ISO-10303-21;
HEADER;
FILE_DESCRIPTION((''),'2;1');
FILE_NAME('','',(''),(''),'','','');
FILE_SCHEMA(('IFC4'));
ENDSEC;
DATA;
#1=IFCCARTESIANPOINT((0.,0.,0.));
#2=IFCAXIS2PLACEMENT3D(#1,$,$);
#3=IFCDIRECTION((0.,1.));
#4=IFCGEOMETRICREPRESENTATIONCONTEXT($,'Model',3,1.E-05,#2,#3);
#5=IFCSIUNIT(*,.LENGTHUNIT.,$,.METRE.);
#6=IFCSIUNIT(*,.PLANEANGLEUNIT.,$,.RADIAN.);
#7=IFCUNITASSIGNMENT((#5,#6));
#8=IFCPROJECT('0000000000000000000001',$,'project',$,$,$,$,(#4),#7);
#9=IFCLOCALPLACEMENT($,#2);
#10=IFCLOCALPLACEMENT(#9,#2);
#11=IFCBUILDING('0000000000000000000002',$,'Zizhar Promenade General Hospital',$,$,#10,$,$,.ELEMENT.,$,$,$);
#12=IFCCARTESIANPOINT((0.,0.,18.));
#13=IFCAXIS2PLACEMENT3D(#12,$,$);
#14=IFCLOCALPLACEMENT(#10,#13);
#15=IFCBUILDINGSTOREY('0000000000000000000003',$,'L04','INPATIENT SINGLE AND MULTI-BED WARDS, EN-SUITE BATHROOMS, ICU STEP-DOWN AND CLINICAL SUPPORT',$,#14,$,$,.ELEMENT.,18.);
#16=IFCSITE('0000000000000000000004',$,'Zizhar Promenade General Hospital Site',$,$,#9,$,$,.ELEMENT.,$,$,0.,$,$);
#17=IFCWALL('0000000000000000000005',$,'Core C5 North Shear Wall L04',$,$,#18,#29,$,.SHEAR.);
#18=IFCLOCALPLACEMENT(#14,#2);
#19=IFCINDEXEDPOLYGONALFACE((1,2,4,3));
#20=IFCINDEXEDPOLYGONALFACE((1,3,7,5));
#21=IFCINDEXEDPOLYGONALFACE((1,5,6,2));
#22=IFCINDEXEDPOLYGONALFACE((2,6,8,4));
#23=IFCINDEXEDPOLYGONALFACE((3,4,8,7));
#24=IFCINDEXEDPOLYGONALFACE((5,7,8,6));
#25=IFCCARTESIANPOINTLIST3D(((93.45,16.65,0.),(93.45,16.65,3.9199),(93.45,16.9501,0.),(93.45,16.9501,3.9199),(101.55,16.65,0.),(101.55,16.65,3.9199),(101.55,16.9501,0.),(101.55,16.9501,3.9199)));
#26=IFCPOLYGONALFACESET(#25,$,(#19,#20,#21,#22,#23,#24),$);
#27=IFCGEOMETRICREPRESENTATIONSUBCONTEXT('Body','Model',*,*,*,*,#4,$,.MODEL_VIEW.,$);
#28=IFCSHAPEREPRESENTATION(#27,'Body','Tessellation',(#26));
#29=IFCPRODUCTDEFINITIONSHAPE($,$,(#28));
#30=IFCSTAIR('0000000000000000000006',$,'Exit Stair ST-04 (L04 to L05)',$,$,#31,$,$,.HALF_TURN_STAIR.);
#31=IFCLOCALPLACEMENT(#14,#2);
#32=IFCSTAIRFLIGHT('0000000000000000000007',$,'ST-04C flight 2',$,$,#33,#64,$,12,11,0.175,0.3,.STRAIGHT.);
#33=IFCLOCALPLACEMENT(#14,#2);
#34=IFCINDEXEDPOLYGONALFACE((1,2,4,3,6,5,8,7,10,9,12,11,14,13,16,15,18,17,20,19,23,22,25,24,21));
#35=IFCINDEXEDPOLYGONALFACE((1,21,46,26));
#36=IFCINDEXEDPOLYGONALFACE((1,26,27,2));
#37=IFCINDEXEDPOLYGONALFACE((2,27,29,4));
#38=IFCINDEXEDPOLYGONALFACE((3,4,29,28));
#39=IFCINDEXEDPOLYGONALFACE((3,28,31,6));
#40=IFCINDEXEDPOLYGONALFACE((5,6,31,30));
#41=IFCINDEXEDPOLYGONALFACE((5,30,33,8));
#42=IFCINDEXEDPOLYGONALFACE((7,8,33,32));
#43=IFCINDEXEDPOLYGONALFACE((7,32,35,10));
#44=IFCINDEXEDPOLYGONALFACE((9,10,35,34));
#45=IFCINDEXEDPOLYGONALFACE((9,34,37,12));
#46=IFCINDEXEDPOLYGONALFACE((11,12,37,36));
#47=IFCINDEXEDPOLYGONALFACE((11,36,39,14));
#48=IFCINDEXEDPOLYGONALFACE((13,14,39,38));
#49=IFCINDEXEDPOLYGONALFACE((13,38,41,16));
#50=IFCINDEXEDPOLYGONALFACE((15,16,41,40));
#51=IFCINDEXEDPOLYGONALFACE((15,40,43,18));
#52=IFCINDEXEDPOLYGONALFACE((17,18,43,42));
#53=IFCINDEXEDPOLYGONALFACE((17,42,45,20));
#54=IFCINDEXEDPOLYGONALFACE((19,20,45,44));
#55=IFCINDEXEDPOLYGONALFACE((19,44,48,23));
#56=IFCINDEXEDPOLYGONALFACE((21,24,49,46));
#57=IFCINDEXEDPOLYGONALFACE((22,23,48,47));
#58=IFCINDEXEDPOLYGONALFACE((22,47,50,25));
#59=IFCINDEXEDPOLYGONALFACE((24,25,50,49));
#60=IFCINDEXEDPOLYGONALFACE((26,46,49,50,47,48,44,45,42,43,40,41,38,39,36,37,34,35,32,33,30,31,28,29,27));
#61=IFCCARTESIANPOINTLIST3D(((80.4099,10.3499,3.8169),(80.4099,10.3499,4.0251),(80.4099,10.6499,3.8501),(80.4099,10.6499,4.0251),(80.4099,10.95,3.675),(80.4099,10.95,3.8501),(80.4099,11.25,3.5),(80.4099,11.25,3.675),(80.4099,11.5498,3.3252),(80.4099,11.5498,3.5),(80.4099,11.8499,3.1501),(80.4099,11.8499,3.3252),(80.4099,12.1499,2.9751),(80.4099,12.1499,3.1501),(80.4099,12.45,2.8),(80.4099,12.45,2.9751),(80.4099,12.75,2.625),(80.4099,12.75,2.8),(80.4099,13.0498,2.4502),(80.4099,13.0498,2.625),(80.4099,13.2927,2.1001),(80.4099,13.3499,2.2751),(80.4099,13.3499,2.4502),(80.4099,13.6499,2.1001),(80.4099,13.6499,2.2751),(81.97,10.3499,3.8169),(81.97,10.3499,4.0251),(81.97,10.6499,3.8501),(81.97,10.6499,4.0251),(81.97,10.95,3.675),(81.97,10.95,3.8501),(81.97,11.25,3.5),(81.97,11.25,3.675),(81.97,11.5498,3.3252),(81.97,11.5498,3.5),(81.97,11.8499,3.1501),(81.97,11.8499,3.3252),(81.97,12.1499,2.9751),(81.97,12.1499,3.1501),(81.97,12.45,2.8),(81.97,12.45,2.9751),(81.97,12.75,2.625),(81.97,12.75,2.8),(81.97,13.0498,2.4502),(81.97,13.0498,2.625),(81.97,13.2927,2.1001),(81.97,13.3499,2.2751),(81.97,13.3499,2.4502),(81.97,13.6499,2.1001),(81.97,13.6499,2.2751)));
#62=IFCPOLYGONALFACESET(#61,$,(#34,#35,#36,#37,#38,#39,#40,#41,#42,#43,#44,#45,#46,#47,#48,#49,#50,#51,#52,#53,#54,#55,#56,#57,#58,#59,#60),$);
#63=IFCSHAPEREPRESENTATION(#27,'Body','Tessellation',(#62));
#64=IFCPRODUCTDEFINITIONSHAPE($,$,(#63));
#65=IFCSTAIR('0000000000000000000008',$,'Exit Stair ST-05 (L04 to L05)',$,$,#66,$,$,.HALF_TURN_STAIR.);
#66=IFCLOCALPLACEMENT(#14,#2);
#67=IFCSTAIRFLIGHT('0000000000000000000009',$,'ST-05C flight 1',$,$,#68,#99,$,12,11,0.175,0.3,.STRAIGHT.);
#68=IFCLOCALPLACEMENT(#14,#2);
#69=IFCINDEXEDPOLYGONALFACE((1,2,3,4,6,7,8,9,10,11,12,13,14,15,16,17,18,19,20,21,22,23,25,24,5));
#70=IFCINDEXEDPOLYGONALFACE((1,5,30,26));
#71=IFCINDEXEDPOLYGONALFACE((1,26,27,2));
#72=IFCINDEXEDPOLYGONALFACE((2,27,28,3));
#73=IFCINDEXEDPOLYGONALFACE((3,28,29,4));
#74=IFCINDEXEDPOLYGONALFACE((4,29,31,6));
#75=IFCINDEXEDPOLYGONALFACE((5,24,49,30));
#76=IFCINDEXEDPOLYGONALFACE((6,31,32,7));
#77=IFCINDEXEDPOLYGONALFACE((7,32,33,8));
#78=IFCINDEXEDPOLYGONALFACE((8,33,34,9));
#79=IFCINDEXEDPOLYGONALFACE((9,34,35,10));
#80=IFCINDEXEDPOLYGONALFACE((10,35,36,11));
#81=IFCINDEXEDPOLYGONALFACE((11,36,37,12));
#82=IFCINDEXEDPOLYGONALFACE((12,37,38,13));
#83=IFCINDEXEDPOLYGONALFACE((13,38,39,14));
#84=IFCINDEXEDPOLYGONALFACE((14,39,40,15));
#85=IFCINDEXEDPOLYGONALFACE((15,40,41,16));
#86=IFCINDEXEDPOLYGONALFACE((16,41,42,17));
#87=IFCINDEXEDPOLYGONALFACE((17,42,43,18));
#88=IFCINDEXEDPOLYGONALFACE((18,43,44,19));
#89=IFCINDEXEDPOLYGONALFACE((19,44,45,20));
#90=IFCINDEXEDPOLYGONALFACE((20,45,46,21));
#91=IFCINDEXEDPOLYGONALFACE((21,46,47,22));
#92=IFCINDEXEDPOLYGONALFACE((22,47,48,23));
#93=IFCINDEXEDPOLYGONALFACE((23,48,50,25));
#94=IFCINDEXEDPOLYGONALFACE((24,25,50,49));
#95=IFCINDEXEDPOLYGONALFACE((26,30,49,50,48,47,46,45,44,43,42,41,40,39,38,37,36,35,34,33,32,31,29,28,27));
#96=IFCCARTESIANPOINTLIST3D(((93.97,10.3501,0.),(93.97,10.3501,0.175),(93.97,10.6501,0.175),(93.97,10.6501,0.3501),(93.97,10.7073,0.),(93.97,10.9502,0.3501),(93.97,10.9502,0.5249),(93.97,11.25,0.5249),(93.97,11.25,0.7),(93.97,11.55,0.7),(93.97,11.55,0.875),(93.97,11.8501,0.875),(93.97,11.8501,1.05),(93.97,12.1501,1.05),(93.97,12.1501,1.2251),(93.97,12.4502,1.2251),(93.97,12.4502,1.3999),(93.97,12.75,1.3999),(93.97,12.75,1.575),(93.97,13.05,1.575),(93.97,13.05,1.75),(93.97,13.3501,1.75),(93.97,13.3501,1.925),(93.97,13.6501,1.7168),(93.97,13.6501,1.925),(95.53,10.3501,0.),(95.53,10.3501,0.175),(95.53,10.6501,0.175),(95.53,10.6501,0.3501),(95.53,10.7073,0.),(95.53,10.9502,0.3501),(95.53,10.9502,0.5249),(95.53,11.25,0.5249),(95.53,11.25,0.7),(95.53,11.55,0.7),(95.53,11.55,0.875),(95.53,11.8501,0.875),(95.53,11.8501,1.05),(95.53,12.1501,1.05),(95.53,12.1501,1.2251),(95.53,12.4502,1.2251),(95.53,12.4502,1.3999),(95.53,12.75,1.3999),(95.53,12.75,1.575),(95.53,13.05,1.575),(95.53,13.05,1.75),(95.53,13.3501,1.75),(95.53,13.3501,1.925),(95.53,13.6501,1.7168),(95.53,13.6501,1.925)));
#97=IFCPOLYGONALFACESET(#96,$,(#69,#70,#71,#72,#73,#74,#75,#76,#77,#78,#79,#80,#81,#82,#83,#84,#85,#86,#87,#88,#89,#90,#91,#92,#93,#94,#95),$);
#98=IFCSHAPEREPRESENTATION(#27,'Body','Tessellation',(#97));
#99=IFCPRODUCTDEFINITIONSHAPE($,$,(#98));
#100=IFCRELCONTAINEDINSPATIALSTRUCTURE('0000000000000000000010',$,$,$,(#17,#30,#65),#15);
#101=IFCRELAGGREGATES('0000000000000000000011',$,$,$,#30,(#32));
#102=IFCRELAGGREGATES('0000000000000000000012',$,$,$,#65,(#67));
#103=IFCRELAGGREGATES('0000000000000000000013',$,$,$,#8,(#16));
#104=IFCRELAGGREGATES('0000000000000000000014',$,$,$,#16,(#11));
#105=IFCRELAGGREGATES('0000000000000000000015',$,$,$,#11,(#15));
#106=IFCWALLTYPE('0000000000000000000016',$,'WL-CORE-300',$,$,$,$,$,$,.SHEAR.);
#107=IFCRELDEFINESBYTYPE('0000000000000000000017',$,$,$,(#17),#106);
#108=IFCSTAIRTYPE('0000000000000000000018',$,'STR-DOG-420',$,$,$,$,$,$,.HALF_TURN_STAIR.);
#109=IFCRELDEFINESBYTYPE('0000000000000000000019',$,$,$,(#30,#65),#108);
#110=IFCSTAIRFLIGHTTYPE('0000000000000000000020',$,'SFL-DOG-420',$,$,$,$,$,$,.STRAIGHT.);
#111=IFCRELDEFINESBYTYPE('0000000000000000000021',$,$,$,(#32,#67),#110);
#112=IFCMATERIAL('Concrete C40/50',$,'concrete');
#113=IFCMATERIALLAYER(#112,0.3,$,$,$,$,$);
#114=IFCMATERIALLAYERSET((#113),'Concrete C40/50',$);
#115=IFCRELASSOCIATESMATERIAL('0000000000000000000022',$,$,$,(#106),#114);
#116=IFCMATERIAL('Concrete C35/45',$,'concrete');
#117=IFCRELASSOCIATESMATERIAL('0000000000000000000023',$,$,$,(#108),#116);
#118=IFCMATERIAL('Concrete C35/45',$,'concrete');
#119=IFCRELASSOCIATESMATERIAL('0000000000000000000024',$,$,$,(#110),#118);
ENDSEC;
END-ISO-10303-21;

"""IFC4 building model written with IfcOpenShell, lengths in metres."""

from ifc_helpers import new_model, si_unit, direction, frame, frame_2d, origin, place, context, subcontext, project, spatial, polyline, rectangle, outline, extrude, material, layer, layer_set, type_object, element, aggregate, save


model = new_model("IFC4")

# Units and contexts
model_context = context("Model", 3, precision=1e-05, world=origin(), true_north=direction((0.0, 1.0)))
body_context = subcontext(model_context, "Body", "Model", "MODEL_VIEW")
ifc_project = project(units=[si_unit("LENGTHUNIT", "METRE"), si_unit("PLANEANGLEUNIT", "RADIAN")], contexts=[model_context])

# Site, building, storey
site_placement = place(None, origin())
site = spatial("IfcSite", under=ifc_project, at=site_placement, Name="Zizhar Promenade General Hospital Site", CompositionType="ELEMENT", RefElevation=0.0)
building_placement = place(site_placement, origin())
building = spatial("IfcBuilding", under=site, at=building_placement, Name="Zizhar Promenade General Hospital", CompositionType="ELEMENT")
storey_placement = place(building_placement, frame((0.0, 0.0, 18.0)))
storey = spatial("IfcBuildingStorey", under=building, at=storey_placement, Name="L04", Description="INPATIENT SINGLE AND MULTI-BED WARDS, EN-SUITE BATHROOMS, ICU STEP-DOWN AND CLINICAL SUPPORT", CompositionType="ELEMENT", Elevation=18.0)

# Wall
ifc_material_1 = material(Name="Concrete C40/50", Category="concrete")
ifc_layer_1 = layer(ifc_material_1, 0.3)
ifc_layer_set_1 = layer_set([ifc_layer_1], Name="Concrete C40/50")
wall_type_1 = type_object("IfcWallType", Name="WL-CORE-300", PredefinedType="SHEAR", material=ifc_layer_set_1)
wall_1_placement = place(storey_placement, frame((93.45, 16.8, 0.0), z_axis=(0.0, 0.0, 1.0), x_axis=(1.0, 0.0, 0.0)))
element("IfcWall", 1, at=wall_1_placement, inside=storey, type_object=wall_type_1, Name="Core C5 North Shear Wall L04", PredefinedType="SHEAR", context=body_context, shape_type="SweptSolid", body=[
    extrude(rectangle(XDim=8.1001, YDim=0.3, at=frame_2d((4.05, 0.0))), origin(), (0.0, 0.0, 1.0), 3.9199),
])

# Stairs, stair flights
ifc_material_2 = material(Name="Concrete C35/45", Category="concrete")
stair_type = type_object("IfcStairType", Name="STR-DOG-420", PredefinedType="HALF_TURN_STAIR", material=ifc_material_2)
stair_1_placement = place(storey_placement, origin())
stair_1 = element("IfcStair", 2, at=stair_1_placement, inside=storey, type_object=stair_type, Name="Exit Stair ST-04 (L04 to L05)", PredefinedType="HALF_TURN_STAIR")
ifc_material_3 = material(Name="Concrete C35/45", Category="concrete")
stair_flight_type = type_object("IfcStairFlightType", Name="SFL-DOG-420", PredefinedType="STRAIGHT", material=ifc_material_3)
stair_flight_1_placement = place(storey_placement, frame((81.1899, 13.6499, 2.1001), z_axis=(0.0, 0.0, 1.0), x_axis=(0.0, -1.0, 0.0)))
stair_flight_1 = element("IfcStairFlight", 3, at=stair_flight_1_placement, type_object=stair_flight_type, Name="ST-04C flight 2", NumberOfRisers=12, NumberOfTreads=11, PredefinedType="STRAIGHT", RiserHeight=0.175, TreadLength=0.3, context=body_context, shape_type="SweptSolid", body=[
    extrude(outline(polyline([(0.0, 0.0), (0.0, 0.175), (0.3, 0.175), (0.3, 0.3501), (0.6001, 0.3501), (0.6001, 0.5249), (0.8999, 0.5249), (0.8999, 0.7), (1.2, 0.7), (1.2, 0.875), (1.5, 0.875), (1.5, 1.05), (1.8, 1.05), (1.8, 1.2251), (2.1001, 1.2251), (2.1001, 1.3999), (2.3999, 1.3999), (2.3999, 1.575), (2.7, 1.575), (2.7, 1.75), (3.0, 1.75), (3.0, 1.925), (3.3, 1.925), (3.3, 2.1001), (3.3, 1.7168), (0.3572, 0.0), (0.0, 0.0)])), frame((0.0, 0.78, 0.0), z_axis=(0.0, -1.0, 0.0), x_axis=(1.0, 0.0, 0.0)), (0.0, 0.0, 1.0), 1.5601),
])
aggregate(stair_1, [stair_flight_1])
stair_2_placement = place(storey_placement, origin())
stair_2 = element("IfcStair", 4, at=stair_2_placement, inside=storey, type_object=stair_type, Name="Exit Stair ST-05 (L04 to L05)", PredefinedType="HALF_TURN_STAIR")
stair_flight_2_placement = place(storey_placement, frame((94.75, 10.3501, 0.0), z_axis=(0.0, 0.0, 1.0), x_axis=(0.0, 1.0, 0.0)))
stair_flight_2 = element("IfcStairFlight", 5, at=stair_flight_2_placement, type_object=stair_flight_type, Name="ST-05C flight 1", NumberOfRisers=12, NumberOfTreads=11, PredefinedType="STRAIGHT", RiserHeight=0.175, TreadLength=0.3, context=body_context, shape_type="SweptSolid", body=[
    extrude(outline(polyline([(0.0, 0.0), (0.0, 0.175), (0.3, 0.175), (0.3, 0.3501), (0.6001, 0.3501), (0.6001, 0.5249), (0.8999, 0.5249), (0.8999, 0.7), (1.2, 0.7), (1.2, 0.875), (1.5, 0.875), (1.5, 1.05), (1.8, 1.05), (1.8, 1.2251), (2.1001, 1.2251), (2.1001, 1.3999), (2.3999, 1.3999), (2.3999, 1.575), (2.7, 1.575), (2.7, 1.75), (3.0, 1.75), (3.0, 1.925), (3.3, 1.925), (3.3, 2.1001), (3.3, 1.7168), (0.3572, 0.0), (0.0, 0.0)])), frame((0.0, 0.78, 0.0), z_axis=(0.0, -1.0, 0.0), x_axis=(1.0, 0.0, 0.0)), (0.0, 0.0, 1.0), 1.5601),
])
aggregate(stair_2, [stair_flight_2])

save(model, "model.ifc")
